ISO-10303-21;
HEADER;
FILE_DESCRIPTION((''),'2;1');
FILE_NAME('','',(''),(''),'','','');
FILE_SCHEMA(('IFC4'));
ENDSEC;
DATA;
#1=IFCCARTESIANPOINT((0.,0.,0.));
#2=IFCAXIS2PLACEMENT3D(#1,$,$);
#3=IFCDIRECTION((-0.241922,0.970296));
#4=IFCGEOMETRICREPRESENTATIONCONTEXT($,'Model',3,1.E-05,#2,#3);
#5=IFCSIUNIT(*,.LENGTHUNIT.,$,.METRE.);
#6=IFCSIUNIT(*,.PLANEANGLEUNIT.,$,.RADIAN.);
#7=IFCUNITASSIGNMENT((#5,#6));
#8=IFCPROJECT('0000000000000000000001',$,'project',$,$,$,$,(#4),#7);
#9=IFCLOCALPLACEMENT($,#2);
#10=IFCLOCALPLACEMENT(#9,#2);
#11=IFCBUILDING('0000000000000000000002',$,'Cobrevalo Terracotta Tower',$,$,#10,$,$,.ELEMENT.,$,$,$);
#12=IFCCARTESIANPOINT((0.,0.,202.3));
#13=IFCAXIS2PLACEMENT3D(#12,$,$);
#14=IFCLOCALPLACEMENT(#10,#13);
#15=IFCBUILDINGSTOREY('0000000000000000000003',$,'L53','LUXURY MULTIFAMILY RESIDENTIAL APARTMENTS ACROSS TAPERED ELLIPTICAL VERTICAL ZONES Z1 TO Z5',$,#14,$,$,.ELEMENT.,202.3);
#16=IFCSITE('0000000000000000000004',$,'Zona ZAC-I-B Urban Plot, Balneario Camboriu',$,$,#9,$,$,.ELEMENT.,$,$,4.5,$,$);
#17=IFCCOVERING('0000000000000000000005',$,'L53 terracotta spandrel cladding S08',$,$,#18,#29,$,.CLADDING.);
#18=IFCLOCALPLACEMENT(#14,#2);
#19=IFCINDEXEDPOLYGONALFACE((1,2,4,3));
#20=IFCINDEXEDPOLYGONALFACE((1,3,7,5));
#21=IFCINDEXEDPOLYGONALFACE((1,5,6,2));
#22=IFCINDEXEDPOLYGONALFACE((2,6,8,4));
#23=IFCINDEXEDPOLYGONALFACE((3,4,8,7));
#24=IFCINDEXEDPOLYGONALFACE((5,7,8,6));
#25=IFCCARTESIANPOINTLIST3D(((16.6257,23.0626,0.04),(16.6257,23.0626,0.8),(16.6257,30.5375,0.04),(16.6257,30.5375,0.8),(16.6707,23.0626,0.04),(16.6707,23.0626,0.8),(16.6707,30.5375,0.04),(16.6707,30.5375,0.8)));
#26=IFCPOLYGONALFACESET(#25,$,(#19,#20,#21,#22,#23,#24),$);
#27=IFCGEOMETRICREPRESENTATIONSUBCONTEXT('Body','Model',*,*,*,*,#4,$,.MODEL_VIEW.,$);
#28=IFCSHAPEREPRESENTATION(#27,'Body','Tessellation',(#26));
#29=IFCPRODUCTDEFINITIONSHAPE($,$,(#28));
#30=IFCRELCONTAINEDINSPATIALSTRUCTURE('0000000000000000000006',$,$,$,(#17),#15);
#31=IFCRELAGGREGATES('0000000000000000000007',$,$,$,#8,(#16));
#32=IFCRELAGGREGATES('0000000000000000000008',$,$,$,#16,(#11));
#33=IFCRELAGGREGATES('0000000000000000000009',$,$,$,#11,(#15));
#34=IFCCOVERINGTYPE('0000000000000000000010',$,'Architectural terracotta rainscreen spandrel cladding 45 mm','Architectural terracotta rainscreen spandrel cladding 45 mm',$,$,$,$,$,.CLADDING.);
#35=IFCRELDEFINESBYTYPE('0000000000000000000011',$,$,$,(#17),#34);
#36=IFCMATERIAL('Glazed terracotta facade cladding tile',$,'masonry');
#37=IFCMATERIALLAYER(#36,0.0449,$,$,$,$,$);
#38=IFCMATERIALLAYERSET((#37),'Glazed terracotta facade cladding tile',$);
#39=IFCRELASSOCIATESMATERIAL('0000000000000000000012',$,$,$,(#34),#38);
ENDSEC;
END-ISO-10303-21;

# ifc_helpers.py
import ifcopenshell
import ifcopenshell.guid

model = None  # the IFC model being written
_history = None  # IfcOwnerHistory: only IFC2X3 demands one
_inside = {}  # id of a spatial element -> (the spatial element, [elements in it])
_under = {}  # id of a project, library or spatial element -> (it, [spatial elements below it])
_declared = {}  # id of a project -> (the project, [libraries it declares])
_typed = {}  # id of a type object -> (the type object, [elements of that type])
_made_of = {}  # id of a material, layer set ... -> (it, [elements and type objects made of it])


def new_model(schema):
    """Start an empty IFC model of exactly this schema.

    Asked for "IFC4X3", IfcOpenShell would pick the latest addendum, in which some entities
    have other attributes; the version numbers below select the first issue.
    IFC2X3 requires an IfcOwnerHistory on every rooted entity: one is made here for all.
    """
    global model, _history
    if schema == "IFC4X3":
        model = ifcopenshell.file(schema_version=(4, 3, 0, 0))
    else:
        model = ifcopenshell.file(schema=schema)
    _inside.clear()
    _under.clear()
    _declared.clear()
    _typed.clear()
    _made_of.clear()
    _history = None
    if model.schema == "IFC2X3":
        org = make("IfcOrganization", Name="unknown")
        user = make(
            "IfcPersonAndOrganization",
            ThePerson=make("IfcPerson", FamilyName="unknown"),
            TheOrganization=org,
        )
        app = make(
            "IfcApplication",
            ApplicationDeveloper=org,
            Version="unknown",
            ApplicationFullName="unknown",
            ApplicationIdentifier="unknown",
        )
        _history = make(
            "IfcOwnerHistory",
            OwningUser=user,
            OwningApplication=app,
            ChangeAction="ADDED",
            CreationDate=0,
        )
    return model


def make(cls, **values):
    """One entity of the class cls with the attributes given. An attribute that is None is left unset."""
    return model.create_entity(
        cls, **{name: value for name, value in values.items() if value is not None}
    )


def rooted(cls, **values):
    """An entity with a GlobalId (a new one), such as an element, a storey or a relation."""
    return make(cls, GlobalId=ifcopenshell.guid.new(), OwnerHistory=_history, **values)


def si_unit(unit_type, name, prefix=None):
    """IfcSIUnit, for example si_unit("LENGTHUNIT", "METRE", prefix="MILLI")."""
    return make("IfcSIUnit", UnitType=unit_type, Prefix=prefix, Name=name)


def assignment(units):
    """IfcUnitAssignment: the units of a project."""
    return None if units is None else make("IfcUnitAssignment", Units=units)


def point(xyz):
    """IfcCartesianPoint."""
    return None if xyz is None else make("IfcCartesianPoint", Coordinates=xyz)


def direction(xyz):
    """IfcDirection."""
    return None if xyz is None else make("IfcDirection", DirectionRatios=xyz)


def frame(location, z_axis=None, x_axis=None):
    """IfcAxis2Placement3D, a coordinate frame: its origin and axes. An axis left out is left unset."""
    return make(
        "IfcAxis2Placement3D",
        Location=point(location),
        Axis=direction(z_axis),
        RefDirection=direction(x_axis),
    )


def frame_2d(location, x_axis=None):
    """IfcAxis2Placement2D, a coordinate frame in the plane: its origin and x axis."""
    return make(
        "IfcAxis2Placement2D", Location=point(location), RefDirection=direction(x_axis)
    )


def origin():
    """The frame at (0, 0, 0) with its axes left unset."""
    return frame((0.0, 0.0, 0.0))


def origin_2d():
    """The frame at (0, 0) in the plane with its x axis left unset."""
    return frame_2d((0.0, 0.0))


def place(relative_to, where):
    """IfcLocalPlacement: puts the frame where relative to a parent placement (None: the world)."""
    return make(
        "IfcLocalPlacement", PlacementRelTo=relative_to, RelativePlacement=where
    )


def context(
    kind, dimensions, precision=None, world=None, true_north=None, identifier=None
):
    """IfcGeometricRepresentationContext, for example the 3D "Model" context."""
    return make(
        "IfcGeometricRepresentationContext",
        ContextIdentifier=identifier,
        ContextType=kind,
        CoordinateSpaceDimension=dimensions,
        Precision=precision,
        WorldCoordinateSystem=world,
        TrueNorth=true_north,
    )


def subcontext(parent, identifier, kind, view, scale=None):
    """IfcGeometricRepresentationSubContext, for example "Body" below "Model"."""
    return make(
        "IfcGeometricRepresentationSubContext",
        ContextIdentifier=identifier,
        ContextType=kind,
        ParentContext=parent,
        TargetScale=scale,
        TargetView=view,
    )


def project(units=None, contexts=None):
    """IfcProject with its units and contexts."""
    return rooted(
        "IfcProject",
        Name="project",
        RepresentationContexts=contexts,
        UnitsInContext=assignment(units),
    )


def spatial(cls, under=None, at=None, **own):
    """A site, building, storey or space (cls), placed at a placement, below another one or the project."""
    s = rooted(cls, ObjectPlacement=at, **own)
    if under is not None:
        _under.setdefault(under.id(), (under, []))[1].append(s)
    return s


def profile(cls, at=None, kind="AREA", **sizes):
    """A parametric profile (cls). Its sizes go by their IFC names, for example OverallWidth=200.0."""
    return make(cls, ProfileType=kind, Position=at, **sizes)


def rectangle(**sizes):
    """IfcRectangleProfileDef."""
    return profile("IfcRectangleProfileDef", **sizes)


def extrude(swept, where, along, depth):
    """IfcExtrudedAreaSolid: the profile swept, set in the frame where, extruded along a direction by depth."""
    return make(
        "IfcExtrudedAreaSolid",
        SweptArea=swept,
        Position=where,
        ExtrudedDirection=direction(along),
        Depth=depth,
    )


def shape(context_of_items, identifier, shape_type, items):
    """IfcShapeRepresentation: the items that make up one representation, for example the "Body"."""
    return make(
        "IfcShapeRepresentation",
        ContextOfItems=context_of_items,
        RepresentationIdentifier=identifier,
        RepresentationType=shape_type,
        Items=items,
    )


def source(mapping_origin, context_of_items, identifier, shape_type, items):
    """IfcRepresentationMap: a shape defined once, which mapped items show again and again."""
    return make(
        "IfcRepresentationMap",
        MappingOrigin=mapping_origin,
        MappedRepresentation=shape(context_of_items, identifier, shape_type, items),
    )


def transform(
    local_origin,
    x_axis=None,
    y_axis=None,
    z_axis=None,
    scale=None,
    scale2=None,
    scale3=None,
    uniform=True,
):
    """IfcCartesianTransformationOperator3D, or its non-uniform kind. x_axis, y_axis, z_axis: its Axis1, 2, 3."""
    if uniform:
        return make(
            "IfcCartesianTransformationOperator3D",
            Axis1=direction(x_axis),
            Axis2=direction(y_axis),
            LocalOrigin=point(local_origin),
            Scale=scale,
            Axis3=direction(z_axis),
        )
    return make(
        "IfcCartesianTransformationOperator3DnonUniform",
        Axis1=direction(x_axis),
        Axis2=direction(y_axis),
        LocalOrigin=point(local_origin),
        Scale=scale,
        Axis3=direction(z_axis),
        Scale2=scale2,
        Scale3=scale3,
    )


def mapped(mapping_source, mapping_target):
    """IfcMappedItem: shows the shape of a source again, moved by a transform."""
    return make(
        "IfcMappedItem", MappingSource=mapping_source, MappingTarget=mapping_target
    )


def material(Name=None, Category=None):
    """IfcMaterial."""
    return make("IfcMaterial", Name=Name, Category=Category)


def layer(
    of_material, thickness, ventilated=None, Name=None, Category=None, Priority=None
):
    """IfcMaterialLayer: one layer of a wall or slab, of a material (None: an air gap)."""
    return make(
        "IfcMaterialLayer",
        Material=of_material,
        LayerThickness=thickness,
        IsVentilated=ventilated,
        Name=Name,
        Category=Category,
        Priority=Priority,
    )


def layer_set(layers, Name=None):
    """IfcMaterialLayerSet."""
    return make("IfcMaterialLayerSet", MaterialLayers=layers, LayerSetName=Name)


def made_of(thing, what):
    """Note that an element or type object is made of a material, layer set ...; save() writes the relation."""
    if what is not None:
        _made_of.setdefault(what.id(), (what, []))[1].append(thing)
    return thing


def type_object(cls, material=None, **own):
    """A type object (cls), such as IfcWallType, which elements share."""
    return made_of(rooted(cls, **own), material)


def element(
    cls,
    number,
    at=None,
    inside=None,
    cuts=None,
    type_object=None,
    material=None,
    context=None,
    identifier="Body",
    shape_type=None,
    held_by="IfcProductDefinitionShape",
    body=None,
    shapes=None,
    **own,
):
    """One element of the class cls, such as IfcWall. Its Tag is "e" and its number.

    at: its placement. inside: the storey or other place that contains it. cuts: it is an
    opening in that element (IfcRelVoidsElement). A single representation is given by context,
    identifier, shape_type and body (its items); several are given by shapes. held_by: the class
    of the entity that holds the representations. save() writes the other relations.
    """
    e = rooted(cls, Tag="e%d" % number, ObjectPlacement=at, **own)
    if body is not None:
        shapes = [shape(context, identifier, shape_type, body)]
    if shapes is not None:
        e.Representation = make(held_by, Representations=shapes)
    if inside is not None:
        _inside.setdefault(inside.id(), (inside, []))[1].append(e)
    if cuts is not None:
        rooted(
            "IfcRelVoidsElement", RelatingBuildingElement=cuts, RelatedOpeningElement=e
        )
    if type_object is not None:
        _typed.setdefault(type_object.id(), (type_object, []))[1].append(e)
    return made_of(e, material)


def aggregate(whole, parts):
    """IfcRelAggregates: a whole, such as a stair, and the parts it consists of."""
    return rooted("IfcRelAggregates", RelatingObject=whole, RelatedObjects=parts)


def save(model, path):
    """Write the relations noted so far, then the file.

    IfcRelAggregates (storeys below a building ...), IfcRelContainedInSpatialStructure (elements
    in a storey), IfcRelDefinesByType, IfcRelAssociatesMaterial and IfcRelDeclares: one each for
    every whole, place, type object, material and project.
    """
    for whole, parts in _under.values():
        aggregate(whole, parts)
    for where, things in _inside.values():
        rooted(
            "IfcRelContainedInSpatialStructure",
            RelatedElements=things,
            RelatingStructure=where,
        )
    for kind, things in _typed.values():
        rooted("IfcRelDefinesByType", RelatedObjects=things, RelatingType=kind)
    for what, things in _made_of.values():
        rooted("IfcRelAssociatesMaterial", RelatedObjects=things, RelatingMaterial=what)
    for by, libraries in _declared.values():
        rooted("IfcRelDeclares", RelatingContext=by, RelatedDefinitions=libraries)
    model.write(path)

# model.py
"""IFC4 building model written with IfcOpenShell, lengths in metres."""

from ifc_helpers import new_model, si_unit, direction, frame, origin, origin_2d, place, context, subcontext, project, spatial, rectangle, extrude, source, transform, mapped, material, layer, layer_set, type_object, element, save


model = new_model("IFC4")

# Units and contexts
model_context = context("Model", 3, precision=1e-05, world=origin(), true_north=direction((-0.241922, 0.970296)))
body_context = subcontext(model_context, "Body", "Model", "MODEL_VIEW")
ifc_project = project(units=[si_unit("LENGTHUNIT", "METRE"), si_unit("PLANEANGLEUNIT", "RADIAN")], contexts=[model_context])

# Site, building, storey
site_placement = place(None, origin())
site = spatial("IfcSite", under=ifc_project, at=site_placement, Name="Zona ZAC-I-B Urban Plot, Balneario Camboriu", CompositionType="ELEMENT", RefElevation=4.5)
building_placement = place(site_placement, origin())
building = spatial("IfcBuilding", under=site, at=building_placement, Name="Cobrevalo Terracotta Tower", CompositionType="ELEMENT")
storey_placement = place(building_placement, frame((0.0, 0.0, 202.3)))
storey = spatial("IfcBuildingStorey", under=building, at=storey_placement, Name="L53", Description="LUXURY MULTIFAMILY RESIDENTIAL APARTMENTS ACROSS TAPERED ELLIPTICAL VERTICAL ZONES Z1 TO Z5", CompositionType="ELEMENT", Elevation=202.3)

# Covering
ifc_material_1 = material(Name="Glazed terracotta facade cladding tile", Category="masonry")
ifc_layer_1 = layer(ifc_material_1, 0.0449)
ifc_layer_set_1 = layer_set([ifc_layer_1], Name="Glazed terracotta facade cladding tile")
covering_type = type_object("IfcCoveringType", Name="Architectural terracotta rainscreen spandrel cladding 45 mm", Description="Architectural terracotta rainscreen spandrel cladding 45 mm", PredefinedType="CLADDING", material=ifc_layer_set_1)
shared_shape_1 = source(origin(), body_context, "Body", "SweptSolid", [
    extrude(rectangle(XDim=7.4749, YDim=0.0449, at=origin_2d()), origin(), (0.0, 0.0, 1.0), 0.76),
])
covering_placement = place(storey_placement, frame((16.6482, 26.8, 0.04), z_axis=(0.0, 0.0, 1.0), x_axis=(0.0, -1.0, 0.0)))
element("IfcCovering", 1, at=covering_placement, inside=storey, type_object=covering_type, Name="L53 terracotta spandrel cladding S08", PredefinedType="CLADDING", context=body_context, shape_type="MappedRepresentation", body=[
    mapped(shared_shape_1, transform((0.0, 0.0, 0.0), scale=1.0)),
])

save(model, "model.ifc")
